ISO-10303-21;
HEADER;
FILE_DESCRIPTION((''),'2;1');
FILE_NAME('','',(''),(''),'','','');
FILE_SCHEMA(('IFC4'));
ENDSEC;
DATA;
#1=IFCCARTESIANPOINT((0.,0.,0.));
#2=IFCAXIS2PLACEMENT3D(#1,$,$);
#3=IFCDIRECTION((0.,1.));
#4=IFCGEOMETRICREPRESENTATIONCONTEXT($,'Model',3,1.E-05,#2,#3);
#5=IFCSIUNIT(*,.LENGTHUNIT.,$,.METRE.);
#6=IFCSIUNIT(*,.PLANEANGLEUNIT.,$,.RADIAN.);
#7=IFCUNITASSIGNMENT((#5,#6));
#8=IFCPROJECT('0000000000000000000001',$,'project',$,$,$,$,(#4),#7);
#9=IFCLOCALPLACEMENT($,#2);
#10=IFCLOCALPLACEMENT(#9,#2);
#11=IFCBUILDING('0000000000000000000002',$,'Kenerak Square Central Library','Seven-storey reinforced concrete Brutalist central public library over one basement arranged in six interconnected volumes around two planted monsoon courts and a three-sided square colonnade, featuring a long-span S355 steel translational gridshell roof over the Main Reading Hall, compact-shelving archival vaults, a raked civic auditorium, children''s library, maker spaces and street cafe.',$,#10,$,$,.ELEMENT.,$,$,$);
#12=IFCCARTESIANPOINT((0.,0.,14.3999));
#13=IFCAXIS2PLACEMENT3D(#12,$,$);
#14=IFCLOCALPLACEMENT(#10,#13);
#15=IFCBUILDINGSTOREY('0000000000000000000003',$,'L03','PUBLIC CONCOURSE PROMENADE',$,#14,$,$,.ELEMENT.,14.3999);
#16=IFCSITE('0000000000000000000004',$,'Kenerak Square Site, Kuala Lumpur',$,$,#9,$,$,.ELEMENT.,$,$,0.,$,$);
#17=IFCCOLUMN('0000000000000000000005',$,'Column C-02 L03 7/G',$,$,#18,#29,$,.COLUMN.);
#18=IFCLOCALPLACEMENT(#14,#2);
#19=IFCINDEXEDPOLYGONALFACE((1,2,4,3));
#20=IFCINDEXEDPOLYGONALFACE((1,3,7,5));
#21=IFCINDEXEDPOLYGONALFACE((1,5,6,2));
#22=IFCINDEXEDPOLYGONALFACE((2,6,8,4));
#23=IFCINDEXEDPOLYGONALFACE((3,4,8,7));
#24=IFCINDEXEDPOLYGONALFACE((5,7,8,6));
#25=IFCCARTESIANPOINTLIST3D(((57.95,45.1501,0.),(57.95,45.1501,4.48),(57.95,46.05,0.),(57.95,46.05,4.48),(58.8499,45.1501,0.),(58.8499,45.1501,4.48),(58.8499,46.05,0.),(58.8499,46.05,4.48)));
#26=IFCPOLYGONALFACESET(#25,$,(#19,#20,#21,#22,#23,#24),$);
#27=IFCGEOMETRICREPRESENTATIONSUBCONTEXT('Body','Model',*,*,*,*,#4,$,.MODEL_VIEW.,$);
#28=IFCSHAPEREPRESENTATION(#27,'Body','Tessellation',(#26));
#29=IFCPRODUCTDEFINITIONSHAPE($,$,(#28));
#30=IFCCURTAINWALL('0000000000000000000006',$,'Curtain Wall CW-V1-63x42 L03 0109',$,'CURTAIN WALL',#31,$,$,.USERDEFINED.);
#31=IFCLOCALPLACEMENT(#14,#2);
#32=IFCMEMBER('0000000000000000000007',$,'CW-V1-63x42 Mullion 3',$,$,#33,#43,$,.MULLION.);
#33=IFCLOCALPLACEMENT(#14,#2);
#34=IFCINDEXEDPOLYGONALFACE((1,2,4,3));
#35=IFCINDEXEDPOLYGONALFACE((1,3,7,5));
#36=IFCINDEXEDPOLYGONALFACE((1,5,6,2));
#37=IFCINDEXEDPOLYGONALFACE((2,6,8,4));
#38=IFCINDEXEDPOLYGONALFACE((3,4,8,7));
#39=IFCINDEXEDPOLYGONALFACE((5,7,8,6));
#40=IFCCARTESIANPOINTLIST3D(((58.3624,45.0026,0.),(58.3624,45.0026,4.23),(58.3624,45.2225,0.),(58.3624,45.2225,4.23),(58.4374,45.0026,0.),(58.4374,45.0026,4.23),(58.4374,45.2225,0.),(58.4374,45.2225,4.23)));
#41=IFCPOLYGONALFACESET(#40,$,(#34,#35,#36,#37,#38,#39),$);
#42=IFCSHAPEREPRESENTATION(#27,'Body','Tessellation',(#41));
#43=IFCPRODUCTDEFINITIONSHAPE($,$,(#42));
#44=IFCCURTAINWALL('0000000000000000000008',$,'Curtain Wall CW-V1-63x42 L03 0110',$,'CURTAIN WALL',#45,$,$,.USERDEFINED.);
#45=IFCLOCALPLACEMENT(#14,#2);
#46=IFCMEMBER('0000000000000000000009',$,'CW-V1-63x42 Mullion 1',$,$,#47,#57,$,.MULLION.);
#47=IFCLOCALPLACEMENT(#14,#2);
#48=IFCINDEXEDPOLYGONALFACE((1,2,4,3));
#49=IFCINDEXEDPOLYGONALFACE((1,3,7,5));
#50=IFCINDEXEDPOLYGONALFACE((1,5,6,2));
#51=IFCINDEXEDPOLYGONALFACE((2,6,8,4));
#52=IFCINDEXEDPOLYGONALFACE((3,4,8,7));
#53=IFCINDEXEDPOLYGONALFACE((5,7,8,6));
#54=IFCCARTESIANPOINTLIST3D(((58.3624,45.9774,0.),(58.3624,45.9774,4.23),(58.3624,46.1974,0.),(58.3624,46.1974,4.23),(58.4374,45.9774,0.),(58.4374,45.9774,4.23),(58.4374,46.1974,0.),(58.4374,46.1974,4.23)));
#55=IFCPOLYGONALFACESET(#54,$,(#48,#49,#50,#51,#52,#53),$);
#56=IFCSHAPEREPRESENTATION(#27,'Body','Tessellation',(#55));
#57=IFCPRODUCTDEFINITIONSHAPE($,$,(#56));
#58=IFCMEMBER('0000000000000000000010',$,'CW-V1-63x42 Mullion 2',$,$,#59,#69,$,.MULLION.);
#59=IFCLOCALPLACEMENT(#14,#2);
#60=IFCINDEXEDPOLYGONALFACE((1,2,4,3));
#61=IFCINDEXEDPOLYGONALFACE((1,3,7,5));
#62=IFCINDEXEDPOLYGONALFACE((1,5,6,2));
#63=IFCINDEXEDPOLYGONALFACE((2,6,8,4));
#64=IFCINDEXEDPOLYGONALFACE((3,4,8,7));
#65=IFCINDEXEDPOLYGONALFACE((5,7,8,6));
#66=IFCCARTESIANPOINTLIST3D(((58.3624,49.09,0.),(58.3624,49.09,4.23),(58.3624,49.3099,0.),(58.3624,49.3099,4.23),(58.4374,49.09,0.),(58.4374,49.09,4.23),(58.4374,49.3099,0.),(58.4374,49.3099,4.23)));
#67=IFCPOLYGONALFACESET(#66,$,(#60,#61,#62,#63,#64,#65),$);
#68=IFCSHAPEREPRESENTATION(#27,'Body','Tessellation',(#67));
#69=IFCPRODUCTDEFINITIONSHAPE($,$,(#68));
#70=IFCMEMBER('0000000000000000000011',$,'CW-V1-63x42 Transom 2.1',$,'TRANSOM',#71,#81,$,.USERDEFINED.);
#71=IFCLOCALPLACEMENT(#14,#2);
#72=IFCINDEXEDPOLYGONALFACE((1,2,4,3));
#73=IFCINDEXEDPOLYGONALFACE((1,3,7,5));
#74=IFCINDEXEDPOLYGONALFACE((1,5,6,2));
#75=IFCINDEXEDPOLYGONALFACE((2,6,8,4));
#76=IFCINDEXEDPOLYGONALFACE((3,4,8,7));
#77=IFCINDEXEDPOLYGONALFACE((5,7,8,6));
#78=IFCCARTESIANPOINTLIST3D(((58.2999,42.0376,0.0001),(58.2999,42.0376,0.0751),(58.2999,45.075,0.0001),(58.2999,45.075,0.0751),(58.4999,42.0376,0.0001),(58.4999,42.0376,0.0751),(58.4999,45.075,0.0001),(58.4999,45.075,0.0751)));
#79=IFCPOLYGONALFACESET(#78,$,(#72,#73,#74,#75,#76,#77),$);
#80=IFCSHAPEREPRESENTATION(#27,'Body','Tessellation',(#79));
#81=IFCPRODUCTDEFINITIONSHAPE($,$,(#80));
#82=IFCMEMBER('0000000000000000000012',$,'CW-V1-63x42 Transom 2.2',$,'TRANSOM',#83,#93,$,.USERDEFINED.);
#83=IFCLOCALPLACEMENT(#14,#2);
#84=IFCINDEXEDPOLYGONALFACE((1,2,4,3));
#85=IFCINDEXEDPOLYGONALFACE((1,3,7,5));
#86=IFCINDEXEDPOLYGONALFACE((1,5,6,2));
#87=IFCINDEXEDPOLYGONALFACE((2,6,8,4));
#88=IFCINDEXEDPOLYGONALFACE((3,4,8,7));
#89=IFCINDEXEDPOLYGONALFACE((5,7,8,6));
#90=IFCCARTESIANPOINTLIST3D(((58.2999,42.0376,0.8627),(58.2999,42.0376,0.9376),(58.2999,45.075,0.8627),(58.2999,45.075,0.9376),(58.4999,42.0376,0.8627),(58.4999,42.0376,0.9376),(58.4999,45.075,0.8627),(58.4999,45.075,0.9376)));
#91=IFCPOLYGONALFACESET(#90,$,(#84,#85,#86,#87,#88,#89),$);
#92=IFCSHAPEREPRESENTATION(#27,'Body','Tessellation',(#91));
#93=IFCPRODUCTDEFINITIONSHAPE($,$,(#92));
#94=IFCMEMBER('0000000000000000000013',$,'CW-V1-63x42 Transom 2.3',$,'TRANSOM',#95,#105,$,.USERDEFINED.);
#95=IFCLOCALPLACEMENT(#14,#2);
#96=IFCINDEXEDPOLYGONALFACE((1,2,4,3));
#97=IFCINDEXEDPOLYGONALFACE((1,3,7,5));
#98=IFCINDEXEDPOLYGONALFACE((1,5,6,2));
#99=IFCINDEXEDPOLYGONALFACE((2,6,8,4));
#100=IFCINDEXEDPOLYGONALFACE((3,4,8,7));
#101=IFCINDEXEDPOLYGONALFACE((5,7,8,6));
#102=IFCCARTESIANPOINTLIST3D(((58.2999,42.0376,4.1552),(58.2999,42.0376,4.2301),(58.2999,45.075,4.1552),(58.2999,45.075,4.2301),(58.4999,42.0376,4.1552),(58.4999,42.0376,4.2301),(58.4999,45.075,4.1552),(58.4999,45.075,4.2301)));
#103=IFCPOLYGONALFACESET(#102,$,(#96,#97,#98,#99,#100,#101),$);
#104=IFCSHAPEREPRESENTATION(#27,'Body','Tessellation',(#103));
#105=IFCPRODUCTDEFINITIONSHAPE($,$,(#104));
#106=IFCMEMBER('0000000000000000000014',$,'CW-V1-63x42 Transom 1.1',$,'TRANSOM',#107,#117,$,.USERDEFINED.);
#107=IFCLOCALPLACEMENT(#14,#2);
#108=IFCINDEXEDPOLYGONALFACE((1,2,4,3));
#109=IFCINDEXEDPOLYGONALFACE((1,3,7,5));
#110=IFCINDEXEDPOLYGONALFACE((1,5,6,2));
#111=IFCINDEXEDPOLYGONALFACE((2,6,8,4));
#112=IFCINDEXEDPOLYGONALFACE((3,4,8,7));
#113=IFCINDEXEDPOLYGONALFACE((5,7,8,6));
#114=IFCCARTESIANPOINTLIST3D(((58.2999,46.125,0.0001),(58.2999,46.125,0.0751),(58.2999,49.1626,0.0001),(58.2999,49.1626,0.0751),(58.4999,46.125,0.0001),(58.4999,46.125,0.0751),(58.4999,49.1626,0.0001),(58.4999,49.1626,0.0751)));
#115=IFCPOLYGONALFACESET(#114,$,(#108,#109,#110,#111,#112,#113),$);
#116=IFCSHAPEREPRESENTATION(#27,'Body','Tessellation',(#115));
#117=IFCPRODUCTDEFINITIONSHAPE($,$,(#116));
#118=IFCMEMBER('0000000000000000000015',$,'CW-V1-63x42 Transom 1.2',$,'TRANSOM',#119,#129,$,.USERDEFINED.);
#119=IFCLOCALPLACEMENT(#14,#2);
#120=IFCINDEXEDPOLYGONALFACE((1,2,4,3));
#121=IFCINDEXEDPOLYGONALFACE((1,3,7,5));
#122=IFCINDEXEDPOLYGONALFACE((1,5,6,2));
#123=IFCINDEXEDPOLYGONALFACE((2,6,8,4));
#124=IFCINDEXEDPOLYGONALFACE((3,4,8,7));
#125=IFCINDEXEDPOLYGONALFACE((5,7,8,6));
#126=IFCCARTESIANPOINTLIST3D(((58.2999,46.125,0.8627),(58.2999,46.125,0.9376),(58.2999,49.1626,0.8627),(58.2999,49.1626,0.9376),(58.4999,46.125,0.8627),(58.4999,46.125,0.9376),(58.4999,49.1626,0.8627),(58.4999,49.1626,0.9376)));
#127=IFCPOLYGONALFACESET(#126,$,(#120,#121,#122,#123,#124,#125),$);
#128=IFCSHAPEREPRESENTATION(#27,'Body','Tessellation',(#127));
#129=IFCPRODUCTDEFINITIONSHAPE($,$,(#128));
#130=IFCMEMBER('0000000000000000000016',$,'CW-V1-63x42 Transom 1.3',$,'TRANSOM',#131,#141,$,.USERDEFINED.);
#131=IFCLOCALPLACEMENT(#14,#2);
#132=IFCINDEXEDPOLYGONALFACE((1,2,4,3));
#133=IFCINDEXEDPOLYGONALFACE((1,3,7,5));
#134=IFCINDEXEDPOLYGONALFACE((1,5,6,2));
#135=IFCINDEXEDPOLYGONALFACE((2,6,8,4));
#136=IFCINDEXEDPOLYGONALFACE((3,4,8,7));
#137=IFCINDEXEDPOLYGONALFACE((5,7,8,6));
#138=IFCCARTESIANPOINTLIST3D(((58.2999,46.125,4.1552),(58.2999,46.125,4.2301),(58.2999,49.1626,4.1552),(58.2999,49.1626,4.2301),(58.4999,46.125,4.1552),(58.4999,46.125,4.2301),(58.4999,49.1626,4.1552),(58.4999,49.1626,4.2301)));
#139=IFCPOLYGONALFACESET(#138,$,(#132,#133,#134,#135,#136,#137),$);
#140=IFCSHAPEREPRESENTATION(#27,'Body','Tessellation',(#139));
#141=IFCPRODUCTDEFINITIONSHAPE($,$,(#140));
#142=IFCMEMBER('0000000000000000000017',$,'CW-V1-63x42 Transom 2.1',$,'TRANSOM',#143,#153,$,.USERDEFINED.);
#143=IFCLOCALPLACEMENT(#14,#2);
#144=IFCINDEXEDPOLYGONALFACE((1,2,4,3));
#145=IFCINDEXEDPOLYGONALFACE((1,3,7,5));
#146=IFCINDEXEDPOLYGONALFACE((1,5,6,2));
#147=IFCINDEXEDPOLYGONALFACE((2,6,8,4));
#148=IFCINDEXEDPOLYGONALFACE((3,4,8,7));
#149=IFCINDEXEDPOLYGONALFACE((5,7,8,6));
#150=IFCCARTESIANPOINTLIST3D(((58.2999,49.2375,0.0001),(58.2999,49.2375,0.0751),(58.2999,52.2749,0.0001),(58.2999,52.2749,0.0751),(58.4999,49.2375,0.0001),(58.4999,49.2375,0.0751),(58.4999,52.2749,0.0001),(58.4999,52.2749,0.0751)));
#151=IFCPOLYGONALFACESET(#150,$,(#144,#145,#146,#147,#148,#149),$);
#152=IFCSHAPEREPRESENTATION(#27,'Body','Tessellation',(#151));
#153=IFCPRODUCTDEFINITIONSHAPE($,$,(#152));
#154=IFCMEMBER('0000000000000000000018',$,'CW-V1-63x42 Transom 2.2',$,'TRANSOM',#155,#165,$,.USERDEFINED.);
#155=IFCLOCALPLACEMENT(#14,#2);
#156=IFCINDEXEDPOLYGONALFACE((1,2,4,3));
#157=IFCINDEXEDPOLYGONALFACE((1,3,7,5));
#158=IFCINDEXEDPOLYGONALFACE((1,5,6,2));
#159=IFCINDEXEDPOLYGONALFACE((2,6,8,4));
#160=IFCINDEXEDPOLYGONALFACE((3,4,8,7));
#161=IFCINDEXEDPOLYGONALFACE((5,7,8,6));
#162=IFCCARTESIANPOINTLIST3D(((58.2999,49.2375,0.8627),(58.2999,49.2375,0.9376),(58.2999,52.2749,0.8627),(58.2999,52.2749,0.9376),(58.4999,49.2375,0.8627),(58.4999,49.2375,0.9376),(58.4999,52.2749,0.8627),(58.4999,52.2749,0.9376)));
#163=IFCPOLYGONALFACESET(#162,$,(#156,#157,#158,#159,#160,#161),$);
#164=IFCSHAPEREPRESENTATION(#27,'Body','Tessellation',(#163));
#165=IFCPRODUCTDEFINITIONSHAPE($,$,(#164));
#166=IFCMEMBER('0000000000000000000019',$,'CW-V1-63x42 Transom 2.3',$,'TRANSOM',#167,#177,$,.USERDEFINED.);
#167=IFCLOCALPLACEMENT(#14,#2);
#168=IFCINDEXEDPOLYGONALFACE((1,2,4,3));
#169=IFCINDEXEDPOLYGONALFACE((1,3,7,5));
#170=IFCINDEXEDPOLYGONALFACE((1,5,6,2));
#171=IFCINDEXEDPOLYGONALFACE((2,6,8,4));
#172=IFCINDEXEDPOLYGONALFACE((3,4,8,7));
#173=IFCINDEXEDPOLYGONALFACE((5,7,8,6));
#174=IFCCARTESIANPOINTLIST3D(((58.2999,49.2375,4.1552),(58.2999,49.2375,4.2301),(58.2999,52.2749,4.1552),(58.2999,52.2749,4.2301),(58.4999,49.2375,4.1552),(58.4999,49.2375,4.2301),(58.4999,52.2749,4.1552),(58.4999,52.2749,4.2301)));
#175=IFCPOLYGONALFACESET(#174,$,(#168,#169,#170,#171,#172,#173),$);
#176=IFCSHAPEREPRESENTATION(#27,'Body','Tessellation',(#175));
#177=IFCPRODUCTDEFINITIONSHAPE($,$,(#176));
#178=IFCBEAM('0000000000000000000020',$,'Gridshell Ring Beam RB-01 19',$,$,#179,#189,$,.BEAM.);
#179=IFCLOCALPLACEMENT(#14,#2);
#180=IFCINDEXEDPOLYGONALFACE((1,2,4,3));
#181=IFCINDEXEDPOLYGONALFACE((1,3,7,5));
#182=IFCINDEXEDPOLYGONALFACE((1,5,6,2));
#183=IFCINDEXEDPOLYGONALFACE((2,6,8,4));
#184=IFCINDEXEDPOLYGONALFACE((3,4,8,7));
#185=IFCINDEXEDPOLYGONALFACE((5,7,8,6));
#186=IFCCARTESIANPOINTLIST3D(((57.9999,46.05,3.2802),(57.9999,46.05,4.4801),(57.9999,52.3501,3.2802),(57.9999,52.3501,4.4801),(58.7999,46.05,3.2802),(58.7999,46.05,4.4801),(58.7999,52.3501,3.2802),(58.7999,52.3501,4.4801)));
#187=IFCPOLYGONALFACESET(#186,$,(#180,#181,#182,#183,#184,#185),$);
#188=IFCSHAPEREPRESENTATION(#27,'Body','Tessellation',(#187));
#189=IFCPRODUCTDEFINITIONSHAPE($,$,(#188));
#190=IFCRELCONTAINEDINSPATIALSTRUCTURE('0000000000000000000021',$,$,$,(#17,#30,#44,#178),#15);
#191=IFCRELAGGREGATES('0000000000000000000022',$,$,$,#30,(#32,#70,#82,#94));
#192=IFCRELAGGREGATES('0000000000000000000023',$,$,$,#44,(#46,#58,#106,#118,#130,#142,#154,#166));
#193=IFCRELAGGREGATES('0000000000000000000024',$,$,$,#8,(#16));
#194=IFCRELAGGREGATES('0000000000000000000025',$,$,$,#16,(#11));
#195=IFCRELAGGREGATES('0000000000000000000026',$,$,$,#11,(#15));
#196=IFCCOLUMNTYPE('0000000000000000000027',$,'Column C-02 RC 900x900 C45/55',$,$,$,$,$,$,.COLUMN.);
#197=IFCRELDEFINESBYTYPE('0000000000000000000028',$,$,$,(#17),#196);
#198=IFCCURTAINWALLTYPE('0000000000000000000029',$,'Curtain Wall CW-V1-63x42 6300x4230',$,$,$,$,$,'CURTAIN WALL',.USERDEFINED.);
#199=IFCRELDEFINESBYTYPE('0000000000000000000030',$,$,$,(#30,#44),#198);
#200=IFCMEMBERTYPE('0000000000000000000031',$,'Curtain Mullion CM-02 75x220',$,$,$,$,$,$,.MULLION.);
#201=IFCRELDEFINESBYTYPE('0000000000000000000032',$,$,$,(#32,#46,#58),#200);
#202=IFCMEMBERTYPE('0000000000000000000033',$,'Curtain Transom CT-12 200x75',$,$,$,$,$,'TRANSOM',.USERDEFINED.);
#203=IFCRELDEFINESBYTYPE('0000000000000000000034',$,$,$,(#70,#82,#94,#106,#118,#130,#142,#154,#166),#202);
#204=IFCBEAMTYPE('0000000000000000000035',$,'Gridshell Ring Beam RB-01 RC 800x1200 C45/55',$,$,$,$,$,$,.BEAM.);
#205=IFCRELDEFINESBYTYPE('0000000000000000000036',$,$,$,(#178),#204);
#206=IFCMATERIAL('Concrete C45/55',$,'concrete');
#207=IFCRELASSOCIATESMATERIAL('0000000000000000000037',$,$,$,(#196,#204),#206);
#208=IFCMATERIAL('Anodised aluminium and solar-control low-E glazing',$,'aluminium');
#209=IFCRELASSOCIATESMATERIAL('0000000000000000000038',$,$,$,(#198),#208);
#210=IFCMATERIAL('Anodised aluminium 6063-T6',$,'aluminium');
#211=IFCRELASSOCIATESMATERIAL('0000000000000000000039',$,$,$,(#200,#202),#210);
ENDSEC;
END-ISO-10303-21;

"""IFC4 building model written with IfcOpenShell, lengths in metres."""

from ifc_helpers import new_model, si_unit, direction, frame, origin, origin_2d, place, context, subcontext, project, spatial, rectangle, extrude, material, material_profile, profile_set, type_object, element, aggregate, save


model = new_model("IFC4")

# Units and contexts
model_context = context("Model", 3, precision=1e-05, world=origin(), true_north=direction((0.0, 1.0)))
body_context = subcontext(model_context, "Body", "Model", "MODEL_VIEW")
ifc_project = project(units=[si_unit("LENGTHUNIT", "METRE"), si_unit("PLANEANGLEUNIT", "RADIAN")], contexts=[model_context])

# Site, building, storey
site_placement = place(None, origin())
site = spatial("IfcSite", under=ifc_project, at=site_placement, Name="Kenerak Square Site, Kuala Lumpur", CompositionType="ELEMENT", RefElevation=0.0)
building_placement = place(site_placement, origin())
building = spatial("IfcBuilding", under=site, at=building_placement, Name="Kenerak Square Central Library", Description="Seven-storey reinforced concrete Brutalist central public library over one basement arranged in six interconnected volumes around two planted monsoon courts and a three-sided square colonnade, featuring a long-span S355 steel translational gridshell roof over the Main Reading Hall, compact-shelving archival vaults, a raked civic auditorium, children's library, maker spaces and street cafe.", CompositionType="ELEMENT")
storey_placement = place(building_placement, frame((0.0, 0.0, 14.3999)))
storey = spatial("IfcBuildingStorey", under=building, at=storey_placement, Name="L03", Description="PUBLIC CONCOURSE PROMENADE", CompositionType="ELEMENT", Elevation=14.3999)

# Column
ifc_material_1 = material(Name="Concrete C45/55", Category="concrete")
ifc_material_profile_1 = material_profile(ifc_material_1, rectangle(XDim=0.8999, YDim=0.8999, at=origin_2d()), Name="RC 900x900")
ifc_profile_set_1 = profile_set([ifc_material_profile_1], Name="Concrete C45/55")
column_type = type_object("IfcColumnType", Name="Column C-02 RC 900x900 C45/55", PredefinedType="COLUMN", material=ifc_profile_set_1)
column_placement = place(storey_placement, frame((58.3999, 45.6001, 0.0), z_axis=(0.0, 0.0, 1.0), x_axis=(1.0, 0.0, 0.0)))
element("IfcColumn", 1, at=column_placement, inside=storey, type_object=column_type, Name="Column C-02 L03 7/G", PredefinedType="COLUMN", context=body_context, shape_type="SweptSolid", body=[
    extrude(rectangle(XDim=0.8999, YDim=0.8999, at=origin_2d()), origin(), (0.0, 0.0, 1.0), 4.48),
])

# Curtain wall, member
ifc_material_2 = material(Name="Anodised aluminium and solar-control low-E glazing", Category="aluminium")
curtain_wall_type = type_object("IfcCurtainWallType", Name="Curtain Wall CW-V1-63x42 6300x4230", ElementType="CURTAIN WALL", PredefinedType="USERDEFINED", material=ifc_material_2)
curtain_wall_1_placement = place(storey_placement, origin())
curtain_wall_1 = element("IfcCurtainWall", 2, at=curtain_wall_1_placement, inside=storey, type_object=curtain_wall_type, Name="Curtain Wall CW-V1-63x42 L03 0109", ObjectType="CURTAIN WALL", PredefinedType="USERDEFINED")
ifc_material_3 = material(Name="Anodised aluminium 6063-T6", Category="aluminium")
ifc_material_profile_2 = material_profile(ifc_material_3, rectangle(XDim=0.075, YDim=0.22, at=origin_2d()), Name="AL MULLION 75x220")
ifc_profile_set_2 = profile_set([ifc_material_profile_2], Name="Anodised aluminium 6063-T6")
member_type_1 = type_object("IfcMemberType", Name="Curtain Mullion CM-02 75x220", PredefinedType="MULLION", material=ifc_profile_set_2)
member_1_placement = place(storey_placement, frame((58.3999, 45.1125, 0.0), z_axis=(0.0, 0.0, 1.0), x_axis=(-1.0, 0.0, 0.0)))
member_1 = element("IfcMember", 3, at=member_1_placement, type_object=member_type_1, Name="CW-V1-63x42 Mullion 3", PredefinedType="MULLION", context=body_context, shape_type="SweptSolid", body=[
    extrude(rectangle(XDim=0.075, YDim=0.22, at=origin_2d()), origin(), (0.0, 0.0, 1.0), 4.23),
])

# Curtain wall, members
curtain_wall_2_placement = place(storey_placement, origin())
curtain_wall_2 = element("IfcCurtainWall", 4, at=curtain_wall_2_placement, inside=storey, type_object=curtain_wall_type, Name="Curtain Wall CW-V1-63x42 L03 0110", ObjectType="CURTAIN WALL", PredefinedType="USERDEFINED")
member_2_placement = place(storey_placement, frame((58.3999, 46.0874, 0.0), z_axis=(0.0, 0.0, 1.0), x_axis=(-1.0, 0.0, 0.0)))
member_2 = element("IfcMember", 5, at=member_2_placement, type_object=member_type_1, Name="CW-V1-63x42 Mullion 1", PredefinedType="MULLION", context=body_context, shape_type="SweptSolid", body=[
    extrude(rectangle(XDim=0.075, YDim=0.22, at=origin_2d()), origin(), (0.0, 0.0, 1.0), 4.23),
])
member_3_placement = place(storey_placement, frame((58.3999, 49.2, 0.0), z_axis=(0.0, 0.0, 1.0), x_axis=(-1.0, 0.0, 0.0)))
member_3 = element("IfcMember", 6, at=member_3_placement, type_object=member_type_1, Name="CW-V1-63x42 Mullion 2", PredefinedType="MULLION", context=body_context, shape_type="SweptSolid", body=[
    extrude(rectangle(XDim=0.075, YDim=0.22, at=origin_2d()), origin(), (0.0, 0.0, 1.0), 4.23),
])

# Members
ifc_material_profile_3 = material_profile(ifc_material_3, rectangle(XDim=0.2, YDim=0.075, at=origin_2d()), Name="AL TRANSOM 200x75")
ifc_profile_set_3 = profile_set([ifc_material_profile_3], Name="Anodised aluminium 6063-T6")
member_type_2 = type_object("IfcMemberType", Name="Curtain Transom CT-12 200x75", ElementType="TRANSOM", PredefinedType="USERDEFINED", material=ifc_profile_set_3)
member_4_placement = place(storey_placement, frame((58.3999, 42.0376, 0.0376), z_axis=(0.0, 1.0, 0.0), x_axis=(-1.0, 0.0, 0.0)))
member_4 = element("IfcMember", 7, at=member_4_placement, type_object=member_type_2, Name="CW-V1-63x42 Transom 2.1", ObjectType="TRANSOM", PredefinedType="USERDEFINED", context=body_context, shape_type="SweptSolid", body=[
    extrude(rectangle(XDim=0.2, YDim=0.075, at=origin_2d()), origin(), (0.0, 0.0, 1.0), 3.0374),
])
member_5_placement = place(storey_placement, frame((58.3999, 42.0376, 0.9001), z_axis=(0.0, 1.0, 0.0), x_axis=(-1.0, 0.0, 0.0)))
member_5 = element("IfcMember", 8, at=member_5_placement, type_object=member_type_2, Name="CW-V1-63x42 Transom 2.2", ObjectType="TRANSOM", PredefinedType="USERDEFINED", context=body_context, shape_type="SweptSolid", body=[
    extrude(rectangle(XDim=0.2, YDim=0.075, at=origin_2d()), origin(), (0.0, 0.0, 1.0), 3.0374),
])
member_6_placement = place(storey_placement, frame((58.3999, 42.0376, 4.1926), z_axis=(0.0, 1.0, 0.0), x_axis=(-1.0, 0.0, 0.0)))
member_6 = element("IfcMember", 9, at=member_6_placement, type_object=member_type_2, Name="CW-V1-63x42 Transom 2.3", ObjectType="TRANSOM", PredefinedType="USERDEFINED", context=body_context, shape_type="SweptSolid", body=[
    extrude(rectangle(XDim=0.2, YDim=0.075, at=origin_2d()), origin(), (0.0, 0.0, 1.0), 3.0374),
])
member_7_placement = place(storey_placement, frame((58.3999, 46.125, 0.0376), z_axis=(0.0, 1.0, 0.0), x_axis=(-1.0, 0.0, 0.0)))
member_7 = element("IfcMember", 10, at=member_7_placement, type_object=member_type_2, Name="CW-V1-63x42 Transom 1.1", ObjectType="TRANSOM", PredefinedType="USERDEFINED", context=body_context, shape_type="SweptSolid", body=[
    extrude(rectangle(XDim=0.2, YDim=0.075, at=origin_2d()), origin(), (0.0, 0.0, 1.0), 3.0376),
])
member_8_placement = place(storey_placement, frame((58.3999, 46.125, 0.9001), z_axis=(0.0, 1.0, 0.0), x_axis=(-1.0, 0.0, 0.0)))
member_8 = element("IfcMember", 11, at=member_8_placement, type_object=member_type_2, Name="CW-V1-63x42 Transom 1.2", ObjectType="TRANSOM", PredefinedType="USERDEFINED", context=body_context, shape_type="SweptSolid", body=[
    extrude(rectangle(XDim=0.2, YDim=0.075, at=origin_2d()), origin(), (0.0, 0.0, 1.0), 3.0376),
])
member_9_placement = place(storey_placement, frame((58.3999, 46.125, 4.1926), z_axis=(0.0, 1.0, 0.0), x_axis=(-1.0, 0.0, 0.0)))
member_9 = element("IfcMember", 12, at=member_9_placement, type_object=member_type_2, Name="CW-V1-63x42 Transom 1.3", ObjectType="TRANSOM", PredefinedType="USERDEFINED", context=body_context, shape_type="SweptSolid", body=[
    extrude(rectangle(XDim=0.2, YDim=0.075, at=origin_2d()), origin(), (0.0, 0.0, 1.0), 3.0376),
])
member_10_placement = place(storey_placement, frame((58.3999, 49.2375, 0.0376), z_axis=(0.0, 1.0, 0.0), x_axis=(-1.0, 0.0, 0.0)))
member_10 = element("IfcMember", 13, at=member_10_placement, type_object=member_type_2, Name="CW-V1-63x42 Transom 2.1", ObjectType="TRANSOM", PredefinedType="USERDEFINED", context=body_context, shape_type="SweptSolid", body=[
    extrude(rectangle(XDim=0.2, YDim=0.075, at=origin_2d()), origin(), (0.0, 0.0, 1.0), 3.0374),
])
member_11_placement = place(storey_placement, frame((58.3999, 49.2375, 0.9001), z_axis=(0.0, 1.0, 0.0), x_axis=(-1.0, 0.0, 0.0)))
member_11 = element("IfcMember", 14, at=member_11_placement, type_object=member_type_2, Name="CW-V1-63x42 Transom 2.2", ObjectType="TRANSOM", PredefinedType="USERDEFINED", context=body_context, shape_type="SweptSolid", body=[
    extrude(rectangle(XDim=0.2, YDim=0.075, at=origin_2d()), origin(), (0.0, 0.0, 1.0), 3.0374),
])
member_12_placement = place(storey_placement, frame((58.3999, 49.2375, 4.1926), z_axis=(0.0, 1.0, 0.0), x_axis=(-1.0, 0.0, 0.0)))
member_12 = element("IfcMember", 15, at=member_12_placement, type_object=member_type_2, Name="CW-V1-63x42 Transom 2.3", ObjectType="TRANSOM", PredefinedType="USERDEFINED", context=body_context, shape_type="SweptSolid", body=[
    extrude(rectangle(XDim=0.2, YDim=0.075, at=origin_2d()), origin(), (0.0, 0.0, 1.0), 3.0374),
])

# Beam
ifc_material_profile_4 = material_profile(ifc_material_1, rectangle(XDim=0.8, YDim=1.2, at=origin_2d()), Name="RC 800x1200")
ifc_profile_set_4 = profile_set([ifc_material_profile_4], Name="Concrete C45/55")
beam_type = type_object("IfcBeamType", Name="Gridshell Ring Beam RB-01 RC 800x1200 C45/55", PredefinedType="BEAM", material=ifc_profile_set_4)
beam_placement = place(storey_placement, frame((58.3999, 46.05, 3.8801), z_axis=(0.0, 1.0, 0.0), x_axis=(-1.0, 0.0, 0.0)))
element("IfcBeam", 16, at=beam_placement, inside=storey, type_object=beam_type, Name="Gridshell Ring Beam RB-01 19", PredefinedType="BEAM", context=body_context, shape_type="SweptSolid", body=[
    extrude(rectangle(XDim=0.8, YDim=1.2, at=origin_2d()), origin(), (0.0, 0.0, 1.0), 6.3),
])

aggregate(curtain_wall_1, [member_1, member_4, member_5, member_6])
aggregate(curtain_wall_2, [member_2, member_3, member_7, member_8, member_9, member_10, member_11, member_12])

save(model, "model.ifc")
